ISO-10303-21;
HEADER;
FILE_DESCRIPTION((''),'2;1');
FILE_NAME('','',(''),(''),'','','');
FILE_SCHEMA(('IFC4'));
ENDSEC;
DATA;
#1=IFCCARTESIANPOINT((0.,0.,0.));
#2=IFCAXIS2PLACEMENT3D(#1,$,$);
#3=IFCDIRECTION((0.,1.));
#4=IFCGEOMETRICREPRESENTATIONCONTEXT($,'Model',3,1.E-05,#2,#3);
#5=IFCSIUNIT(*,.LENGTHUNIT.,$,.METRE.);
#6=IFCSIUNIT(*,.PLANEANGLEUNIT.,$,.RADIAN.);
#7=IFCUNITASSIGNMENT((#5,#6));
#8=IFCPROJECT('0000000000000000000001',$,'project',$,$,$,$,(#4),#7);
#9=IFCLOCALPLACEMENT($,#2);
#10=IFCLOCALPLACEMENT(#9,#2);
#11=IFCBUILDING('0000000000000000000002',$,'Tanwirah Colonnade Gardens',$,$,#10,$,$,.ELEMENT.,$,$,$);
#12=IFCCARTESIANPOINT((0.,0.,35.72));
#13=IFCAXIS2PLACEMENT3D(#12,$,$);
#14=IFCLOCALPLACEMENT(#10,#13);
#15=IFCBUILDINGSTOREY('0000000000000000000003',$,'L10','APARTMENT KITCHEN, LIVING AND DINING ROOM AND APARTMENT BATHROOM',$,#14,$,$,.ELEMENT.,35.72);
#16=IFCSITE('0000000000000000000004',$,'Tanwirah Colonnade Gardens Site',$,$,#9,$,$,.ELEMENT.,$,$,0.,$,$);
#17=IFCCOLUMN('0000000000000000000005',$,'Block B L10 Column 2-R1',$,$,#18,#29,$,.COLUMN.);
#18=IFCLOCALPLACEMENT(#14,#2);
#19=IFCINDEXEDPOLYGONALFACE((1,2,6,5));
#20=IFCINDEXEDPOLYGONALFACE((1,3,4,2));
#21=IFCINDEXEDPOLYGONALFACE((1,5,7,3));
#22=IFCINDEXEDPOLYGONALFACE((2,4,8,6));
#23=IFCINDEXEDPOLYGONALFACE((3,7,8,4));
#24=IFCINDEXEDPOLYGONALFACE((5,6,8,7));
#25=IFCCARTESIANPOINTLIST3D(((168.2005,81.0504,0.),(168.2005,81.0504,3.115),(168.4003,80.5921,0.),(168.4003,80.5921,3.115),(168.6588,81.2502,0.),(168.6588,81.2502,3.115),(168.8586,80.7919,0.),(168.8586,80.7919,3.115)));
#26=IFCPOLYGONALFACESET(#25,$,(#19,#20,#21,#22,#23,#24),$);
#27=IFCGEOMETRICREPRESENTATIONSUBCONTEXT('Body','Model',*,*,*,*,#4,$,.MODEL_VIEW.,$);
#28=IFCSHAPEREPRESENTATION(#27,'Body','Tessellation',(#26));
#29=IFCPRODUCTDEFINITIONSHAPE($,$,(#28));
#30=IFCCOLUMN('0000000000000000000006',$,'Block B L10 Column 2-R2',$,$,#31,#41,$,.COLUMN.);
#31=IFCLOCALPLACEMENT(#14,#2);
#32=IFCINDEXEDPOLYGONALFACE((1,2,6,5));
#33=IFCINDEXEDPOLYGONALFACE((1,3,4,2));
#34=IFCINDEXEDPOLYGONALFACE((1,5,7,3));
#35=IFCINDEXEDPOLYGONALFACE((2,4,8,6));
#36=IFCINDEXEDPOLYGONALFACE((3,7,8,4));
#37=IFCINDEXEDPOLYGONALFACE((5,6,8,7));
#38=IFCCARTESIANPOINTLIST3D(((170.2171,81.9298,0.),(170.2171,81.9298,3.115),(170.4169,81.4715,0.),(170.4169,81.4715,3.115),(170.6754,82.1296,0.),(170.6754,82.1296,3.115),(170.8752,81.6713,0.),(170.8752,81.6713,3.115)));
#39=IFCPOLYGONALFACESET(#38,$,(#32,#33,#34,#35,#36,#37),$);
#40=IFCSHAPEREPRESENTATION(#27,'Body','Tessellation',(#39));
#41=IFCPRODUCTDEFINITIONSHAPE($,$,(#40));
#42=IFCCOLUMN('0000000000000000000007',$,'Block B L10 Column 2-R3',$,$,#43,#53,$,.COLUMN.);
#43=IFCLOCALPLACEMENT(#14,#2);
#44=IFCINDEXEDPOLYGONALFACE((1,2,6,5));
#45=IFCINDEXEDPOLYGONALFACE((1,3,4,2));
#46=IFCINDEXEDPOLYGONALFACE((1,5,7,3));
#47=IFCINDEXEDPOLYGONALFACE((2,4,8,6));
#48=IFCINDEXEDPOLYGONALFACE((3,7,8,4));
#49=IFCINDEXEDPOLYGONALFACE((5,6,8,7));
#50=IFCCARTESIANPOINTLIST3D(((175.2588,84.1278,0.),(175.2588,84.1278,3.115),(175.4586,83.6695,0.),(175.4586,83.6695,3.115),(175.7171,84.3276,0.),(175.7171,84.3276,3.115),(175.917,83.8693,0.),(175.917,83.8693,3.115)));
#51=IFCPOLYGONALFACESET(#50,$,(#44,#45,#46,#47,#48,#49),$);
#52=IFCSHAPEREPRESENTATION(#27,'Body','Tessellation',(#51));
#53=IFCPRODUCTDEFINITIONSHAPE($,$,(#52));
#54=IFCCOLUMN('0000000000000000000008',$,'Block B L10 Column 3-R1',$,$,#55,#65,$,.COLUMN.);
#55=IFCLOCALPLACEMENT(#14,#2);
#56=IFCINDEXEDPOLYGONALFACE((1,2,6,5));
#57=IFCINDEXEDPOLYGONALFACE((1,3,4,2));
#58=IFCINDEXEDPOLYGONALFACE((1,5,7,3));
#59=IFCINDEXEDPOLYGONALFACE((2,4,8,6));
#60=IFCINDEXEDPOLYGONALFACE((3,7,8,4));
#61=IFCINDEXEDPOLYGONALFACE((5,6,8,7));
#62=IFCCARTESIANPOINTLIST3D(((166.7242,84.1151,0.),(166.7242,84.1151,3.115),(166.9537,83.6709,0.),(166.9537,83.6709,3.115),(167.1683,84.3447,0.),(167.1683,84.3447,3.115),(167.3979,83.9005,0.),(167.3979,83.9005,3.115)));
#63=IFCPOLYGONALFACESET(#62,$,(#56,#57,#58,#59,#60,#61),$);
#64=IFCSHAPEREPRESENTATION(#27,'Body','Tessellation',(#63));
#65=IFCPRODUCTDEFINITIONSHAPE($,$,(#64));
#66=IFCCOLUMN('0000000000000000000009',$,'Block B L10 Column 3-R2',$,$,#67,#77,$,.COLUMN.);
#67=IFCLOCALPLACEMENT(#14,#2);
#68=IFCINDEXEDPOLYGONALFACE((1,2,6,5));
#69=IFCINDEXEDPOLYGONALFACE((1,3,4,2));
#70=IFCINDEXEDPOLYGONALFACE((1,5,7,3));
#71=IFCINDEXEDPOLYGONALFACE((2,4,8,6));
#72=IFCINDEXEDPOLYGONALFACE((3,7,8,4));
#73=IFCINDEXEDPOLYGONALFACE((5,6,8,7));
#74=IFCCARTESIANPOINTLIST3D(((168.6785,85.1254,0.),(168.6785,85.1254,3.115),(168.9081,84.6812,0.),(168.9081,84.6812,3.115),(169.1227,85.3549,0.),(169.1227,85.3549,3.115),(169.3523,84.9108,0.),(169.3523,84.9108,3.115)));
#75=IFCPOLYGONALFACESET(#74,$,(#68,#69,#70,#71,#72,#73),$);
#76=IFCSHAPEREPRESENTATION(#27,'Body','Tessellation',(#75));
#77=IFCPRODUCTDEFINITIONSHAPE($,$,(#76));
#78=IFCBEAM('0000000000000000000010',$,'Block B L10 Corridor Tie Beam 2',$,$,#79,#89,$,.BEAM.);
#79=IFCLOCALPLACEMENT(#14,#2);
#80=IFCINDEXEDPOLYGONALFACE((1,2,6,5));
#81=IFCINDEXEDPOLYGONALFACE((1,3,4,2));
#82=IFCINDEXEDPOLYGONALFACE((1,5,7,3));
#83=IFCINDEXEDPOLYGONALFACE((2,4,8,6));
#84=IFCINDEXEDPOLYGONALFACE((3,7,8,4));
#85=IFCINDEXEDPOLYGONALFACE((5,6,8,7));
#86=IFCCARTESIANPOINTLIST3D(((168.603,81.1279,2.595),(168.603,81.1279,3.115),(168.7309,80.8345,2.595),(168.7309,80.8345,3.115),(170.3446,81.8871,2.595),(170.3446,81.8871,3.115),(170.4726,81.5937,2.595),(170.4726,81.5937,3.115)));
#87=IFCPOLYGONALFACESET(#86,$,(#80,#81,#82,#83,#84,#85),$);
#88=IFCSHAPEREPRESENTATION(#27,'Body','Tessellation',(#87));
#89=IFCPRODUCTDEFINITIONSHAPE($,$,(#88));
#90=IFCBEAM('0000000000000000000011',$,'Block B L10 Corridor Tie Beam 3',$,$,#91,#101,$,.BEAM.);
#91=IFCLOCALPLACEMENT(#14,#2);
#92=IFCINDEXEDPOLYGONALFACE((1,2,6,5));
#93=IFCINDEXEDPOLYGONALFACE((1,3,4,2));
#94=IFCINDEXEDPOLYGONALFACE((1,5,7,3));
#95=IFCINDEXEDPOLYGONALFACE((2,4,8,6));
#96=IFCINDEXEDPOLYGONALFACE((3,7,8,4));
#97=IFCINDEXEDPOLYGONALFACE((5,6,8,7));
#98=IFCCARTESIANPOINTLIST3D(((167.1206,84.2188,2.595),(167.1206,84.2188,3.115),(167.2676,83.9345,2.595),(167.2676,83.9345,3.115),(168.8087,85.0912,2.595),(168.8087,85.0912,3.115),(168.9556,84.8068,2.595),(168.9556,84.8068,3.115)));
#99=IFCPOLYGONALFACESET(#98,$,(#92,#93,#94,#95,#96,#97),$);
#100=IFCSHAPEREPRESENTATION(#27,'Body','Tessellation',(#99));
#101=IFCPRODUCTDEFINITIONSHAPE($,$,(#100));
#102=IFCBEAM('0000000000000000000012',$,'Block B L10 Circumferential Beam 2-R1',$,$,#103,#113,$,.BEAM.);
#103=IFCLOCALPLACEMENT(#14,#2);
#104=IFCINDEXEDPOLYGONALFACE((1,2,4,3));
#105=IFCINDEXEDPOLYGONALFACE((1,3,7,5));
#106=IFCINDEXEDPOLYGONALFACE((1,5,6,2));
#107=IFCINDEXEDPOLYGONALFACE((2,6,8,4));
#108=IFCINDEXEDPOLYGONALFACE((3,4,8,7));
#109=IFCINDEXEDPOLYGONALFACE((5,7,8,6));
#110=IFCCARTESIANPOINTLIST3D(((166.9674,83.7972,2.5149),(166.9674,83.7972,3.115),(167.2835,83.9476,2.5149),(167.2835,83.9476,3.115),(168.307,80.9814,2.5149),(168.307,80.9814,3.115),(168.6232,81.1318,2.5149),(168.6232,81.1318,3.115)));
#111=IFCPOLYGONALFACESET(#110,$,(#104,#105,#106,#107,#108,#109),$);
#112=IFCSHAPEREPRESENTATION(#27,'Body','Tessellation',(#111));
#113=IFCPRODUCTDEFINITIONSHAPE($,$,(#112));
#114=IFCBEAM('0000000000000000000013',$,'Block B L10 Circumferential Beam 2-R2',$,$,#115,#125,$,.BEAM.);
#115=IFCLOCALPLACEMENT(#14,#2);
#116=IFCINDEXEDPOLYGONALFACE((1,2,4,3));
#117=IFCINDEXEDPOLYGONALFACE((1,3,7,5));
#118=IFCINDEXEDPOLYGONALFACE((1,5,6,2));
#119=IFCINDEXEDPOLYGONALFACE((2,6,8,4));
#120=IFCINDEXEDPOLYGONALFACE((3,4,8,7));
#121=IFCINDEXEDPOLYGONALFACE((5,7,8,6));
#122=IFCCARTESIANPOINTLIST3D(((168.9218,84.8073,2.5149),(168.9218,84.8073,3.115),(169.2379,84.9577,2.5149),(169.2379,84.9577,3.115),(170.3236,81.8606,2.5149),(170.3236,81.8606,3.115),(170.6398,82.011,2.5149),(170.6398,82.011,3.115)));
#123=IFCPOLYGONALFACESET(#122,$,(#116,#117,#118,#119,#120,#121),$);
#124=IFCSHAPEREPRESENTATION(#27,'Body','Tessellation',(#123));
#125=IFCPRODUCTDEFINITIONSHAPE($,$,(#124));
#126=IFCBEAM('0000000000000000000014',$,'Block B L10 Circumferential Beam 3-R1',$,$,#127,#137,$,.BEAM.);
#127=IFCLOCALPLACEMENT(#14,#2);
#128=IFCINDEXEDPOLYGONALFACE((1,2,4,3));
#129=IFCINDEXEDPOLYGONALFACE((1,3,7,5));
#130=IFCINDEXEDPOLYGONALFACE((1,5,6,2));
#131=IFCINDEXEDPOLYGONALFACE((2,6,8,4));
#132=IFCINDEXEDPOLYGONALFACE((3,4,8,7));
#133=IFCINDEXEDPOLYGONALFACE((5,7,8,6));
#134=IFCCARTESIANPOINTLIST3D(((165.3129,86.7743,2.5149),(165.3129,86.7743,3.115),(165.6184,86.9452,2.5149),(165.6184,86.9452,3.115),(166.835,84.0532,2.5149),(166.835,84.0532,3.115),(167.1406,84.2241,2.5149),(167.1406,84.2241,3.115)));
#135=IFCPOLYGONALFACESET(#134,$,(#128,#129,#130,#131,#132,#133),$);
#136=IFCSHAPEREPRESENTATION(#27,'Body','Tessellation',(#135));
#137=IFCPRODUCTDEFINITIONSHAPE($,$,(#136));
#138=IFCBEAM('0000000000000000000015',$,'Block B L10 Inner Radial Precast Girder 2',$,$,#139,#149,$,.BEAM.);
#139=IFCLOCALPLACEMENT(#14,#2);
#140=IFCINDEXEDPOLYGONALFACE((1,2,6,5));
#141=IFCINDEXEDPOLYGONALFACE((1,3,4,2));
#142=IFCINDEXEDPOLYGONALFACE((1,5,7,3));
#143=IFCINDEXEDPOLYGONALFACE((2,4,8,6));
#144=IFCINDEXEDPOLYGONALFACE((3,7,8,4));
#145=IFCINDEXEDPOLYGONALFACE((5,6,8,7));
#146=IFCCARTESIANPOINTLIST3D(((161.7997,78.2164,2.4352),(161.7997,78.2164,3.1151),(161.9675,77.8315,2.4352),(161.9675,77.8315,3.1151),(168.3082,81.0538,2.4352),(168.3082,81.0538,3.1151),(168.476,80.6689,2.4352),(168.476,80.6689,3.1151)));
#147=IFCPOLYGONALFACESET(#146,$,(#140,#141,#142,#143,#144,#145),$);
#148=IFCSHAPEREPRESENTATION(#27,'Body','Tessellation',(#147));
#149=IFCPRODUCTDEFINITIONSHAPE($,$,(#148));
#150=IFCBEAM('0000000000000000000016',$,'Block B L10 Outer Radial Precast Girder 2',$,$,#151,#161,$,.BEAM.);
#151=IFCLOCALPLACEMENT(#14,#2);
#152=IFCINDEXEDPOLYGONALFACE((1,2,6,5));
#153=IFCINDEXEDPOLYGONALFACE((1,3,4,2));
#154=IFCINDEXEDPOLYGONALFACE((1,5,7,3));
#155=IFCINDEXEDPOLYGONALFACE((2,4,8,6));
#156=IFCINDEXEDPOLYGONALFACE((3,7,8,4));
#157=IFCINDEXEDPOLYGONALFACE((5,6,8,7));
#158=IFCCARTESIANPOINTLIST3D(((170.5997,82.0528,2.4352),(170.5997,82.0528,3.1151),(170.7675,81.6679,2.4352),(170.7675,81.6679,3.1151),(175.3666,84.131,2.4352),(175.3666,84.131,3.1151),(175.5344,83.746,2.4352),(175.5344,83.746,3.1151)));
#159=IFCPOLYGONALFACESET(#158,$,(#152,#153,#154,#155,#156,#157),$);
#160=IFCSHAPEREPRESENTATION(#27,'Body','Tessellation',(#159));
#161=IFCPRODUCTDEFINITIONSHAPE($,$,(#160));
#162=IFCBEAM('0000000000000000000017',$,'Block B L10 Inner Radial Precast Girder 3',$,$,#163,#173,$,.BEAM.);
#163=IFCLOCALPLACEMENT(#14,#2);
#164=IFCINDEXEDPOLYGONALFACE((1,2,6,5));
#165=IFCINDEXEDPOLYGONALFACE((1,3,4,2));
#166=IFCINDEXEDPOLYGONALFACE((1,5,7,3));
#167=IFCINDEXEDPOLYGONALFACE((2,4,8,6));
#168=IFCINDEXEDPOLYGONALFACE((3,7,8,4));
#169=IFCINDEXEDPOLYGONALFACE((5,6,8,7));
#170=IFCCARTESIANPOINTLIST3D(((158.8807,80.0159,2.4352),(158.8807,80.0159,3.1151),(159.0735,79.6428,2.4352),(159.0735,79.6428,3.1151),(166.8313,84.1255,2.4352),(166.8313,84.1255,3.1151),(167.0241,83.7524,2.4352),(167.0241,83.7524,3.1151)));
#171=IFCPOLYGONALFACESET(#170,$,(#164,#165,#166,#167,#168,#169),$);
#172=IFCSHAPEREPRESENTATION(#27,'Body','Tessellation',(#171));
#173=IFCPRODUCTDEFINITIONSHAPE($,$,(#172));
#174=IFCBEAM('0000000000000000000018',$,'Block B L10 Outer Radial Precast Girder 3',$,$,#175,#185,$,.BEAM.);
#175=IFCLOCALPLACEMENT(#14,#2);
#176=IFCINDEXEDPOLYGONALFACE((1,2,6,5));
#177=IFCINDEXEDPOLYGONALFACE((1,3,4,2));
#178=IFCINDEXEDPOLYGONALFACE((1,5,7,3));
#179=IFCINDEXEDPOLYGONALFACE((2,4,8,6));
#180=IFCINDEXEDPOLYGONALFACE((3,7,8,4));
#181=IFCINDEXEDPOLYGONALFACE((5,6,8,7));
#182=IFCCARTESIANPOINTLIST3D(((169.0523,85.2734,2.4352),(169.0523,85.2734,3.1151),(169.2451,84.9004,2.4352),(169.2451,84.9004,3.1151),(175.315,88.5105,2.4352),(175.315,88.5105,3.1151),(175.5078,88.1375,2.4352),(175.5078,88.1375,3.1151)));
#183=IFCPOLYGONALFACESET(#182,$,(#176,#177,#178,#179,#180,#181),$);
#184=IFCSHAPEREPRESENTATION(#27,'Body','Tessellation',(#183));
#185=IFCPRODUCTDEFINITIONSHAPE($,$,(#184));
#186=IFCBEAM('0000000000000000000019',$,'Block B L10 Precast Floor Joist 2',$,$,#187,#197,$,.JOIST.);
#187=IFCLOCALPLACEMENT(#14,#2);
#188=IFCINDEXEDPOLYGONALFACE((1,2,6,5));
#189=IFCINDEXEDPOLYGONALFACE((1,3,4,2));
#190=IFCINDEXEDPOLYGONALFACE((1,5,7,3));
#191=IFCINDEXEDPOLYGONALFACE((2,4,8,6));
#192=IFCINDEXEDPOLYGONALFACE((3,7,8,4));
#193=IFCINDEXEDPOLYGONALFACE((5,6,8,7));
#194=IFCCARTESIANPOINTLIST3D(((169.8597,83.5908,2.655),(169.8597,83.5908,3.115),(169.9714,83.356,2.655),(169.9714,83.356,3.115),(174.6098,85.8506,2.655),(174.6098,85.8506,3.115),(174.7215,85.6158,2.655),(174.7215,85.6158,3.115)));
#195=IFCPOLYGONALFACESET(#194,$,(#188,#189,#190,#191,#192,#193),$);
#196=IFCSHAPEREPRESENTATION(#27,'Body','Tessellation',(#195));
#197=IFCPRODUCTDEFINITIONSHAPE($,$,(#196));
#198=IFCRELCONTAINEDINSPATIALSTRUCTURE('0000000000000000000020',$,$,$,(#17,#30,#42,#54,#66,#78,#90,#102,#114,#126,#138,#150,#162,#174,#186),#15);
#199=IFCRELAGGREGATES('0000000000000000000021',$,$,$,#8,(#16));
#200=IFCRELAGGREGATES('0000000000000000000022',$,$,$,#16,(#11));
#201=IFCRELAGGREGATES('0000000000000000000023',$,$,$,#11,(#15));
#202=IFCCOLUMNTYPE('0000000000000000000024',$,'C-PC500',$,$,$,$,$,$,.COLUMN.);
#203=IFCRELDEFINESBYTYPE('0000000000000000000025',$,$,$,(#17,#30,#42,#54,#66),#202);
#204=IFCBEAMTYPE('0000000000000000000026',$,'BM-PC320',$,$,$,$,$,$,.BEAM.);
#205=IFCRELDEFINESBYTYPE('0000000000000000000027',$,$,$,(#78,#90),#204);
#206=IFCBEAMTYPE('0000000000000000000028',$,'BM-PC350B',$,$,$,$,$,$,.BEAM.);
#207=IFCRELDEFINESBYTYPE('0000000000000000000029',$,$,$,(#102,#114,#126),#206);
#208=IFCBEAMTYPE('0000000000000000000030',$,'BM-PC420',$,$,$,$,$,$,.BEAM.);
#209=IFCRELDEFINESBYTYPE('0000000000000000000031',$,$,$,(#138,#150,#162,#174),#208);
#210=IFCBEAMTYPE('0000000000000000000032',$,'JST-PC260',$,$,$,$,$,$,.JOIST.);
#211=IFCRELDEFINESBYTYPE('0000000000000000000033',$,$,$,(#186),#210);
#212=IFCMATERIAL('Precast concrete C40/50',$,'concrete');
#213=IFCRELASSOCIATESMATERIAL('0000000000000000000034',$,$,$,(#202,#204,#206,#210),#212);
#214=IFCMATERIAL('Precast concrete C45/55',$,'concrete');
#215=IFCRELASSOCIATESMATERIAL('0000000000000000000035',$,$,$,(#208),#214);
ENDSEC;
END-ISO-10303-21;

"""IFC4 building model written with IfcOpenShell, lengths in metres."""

from ifc_helpers import new_model, si_unit, direction, frame, origin, origin_2d, place, context, subcontext, project, spatial, rectangle, extrude, material, material_profile, profile_set, type_object, element, save


model = new_model("IFC4")

# Units and contexts
model_context = context("Model", 3, precision=1e-05, world=origin(), true_north=direction((0.0, 1.0)))
body_context = subcontext(model_context, "Body", "Model", "MODEL_VIEW")
ifc_project = project(units=[si_unit("LENGTHUNIT", "METRE"), si_unit("PLANEANGLEUNIT", "RADIAN")], contexts=[model_context])

# Site, building, storey
site_placement = place(None, origin())
site = spatial("IfcSite", under=ifc_project, at=site_placement, Name="Tanwirah Colonnade Gardens Site", CompositionType="ELEMENT", RefElevation=0.0)
building_placement = place(site_placement, origin())
building = spatial("IfcBuilding", under=site, at=building_placement, Name="Tanwirah Colonnade Gardens", CompositionType="ELEMENT")
storey_placement = place(building_placement, frame((0.0, 0.0, 35.72)))
storey = spatial("IfcBuildingStorey", under=building, at=storey_placement, Name="L10", Description="APARTMENT KITCHEN, LIVING AND DINING ROOM AND APARTMENT BATHROOM", CompositionType="ELEMENT", Elevation=35.72)

# Columns
ifc_material_1 = material(Name="Precast concrete C40/50", Category="concrete")
ifc_material_profile_1 = material_profile(ifc_material_1, rectangle(XDim=0.5, YDim=0.5, at=origin_2d()), Name="PC-COL 500x500")
ifc_profile_set_1 = profile_set([ifc_material_profile_1], Name="Precast concrete C40/50")
column_type = type_object("IfcColumnType", Name="C-PC500", PredefinedType="COLUMN", material=ifc_profile_set_1)
for number, where, z_axis, x_axis, name in (
    (1, (168.5295, 80.9211, 0.0), (0.0, 0.0, 1.0), (0.916673, 0.399638, 0.0), "Block B L10 Column 2-R1"),
    (2, (170.5461, 81.8005, 0.0), (0.0, 0.0, 1.0), (0.916673, 0.399638, 0.0), "Block B L10 Column 2-R2"),
    (3, (175.5879, 83.9985, 0.0), (0.0, 0.0, 1.0), (0.916673, 0.399638, 0.0), "Block B L10 Column 2-R3"),
    (4, (167.061, 84.0078, 0.0), (0.0, 0.0, 1.0), (0.88835, 0.459166, 0.0), "Block B L10 Column 3-R1"),
    (5, (169.0154, 85.0181, 0.0), (0.0, 0.0, 1.0), (0.88835, 0.459166, 0.0), "Block B L10 Column 3-R2"),
):
    element("IfcColumn", number, at=place(storey_placement, frame(where, z_axis=z_axis, x_axis=x_axis)), inside=storey, type_object=column_type, Name=name, PredefinedType="COLUMN", context=body_context, shape_type="SweptSolid", body=[
        extrude(rectangle(XDim=0.5, YDim=0.5, at=origin_2d()), origin(), (0.0, 0.0, 1.0), 3.115),
    ])

# Beams
ifc_material_profile_2 = material_profile(ifc_material_1, rectangle(XDim=0.3201, YDim=0.52, at=origin_2d()), Name="PC-BM 320x520")
ifc_profile_set_2 = profile_set([ifc_material_profile_2], Name="Precast concrete C40/50")
beam_type_1 = type_object("IfcBeamType", Name="BM-PC320", PredefinedType="BEAM", material=ifc_profile_set_2)
beam_1_placement = place(storey_placement, frame((168.667, 80.9812, 2.855), z_axis=(0.916681, 0.399619, 0.0), x_axis=(-0.399619, 0.916681, 0.0)))
element("IfcBeam", 6, at=beam_1_placement, inside=storey, type_object=beam_type_1, Name="Block B L10 Corridor Tie Beam 2", PredefinedType="BEAM", context=body_context, shape_type="SweptSolid", body=[
    extrude(rectangle(XDim=0.3201, YDim=0.52, at=origin_2d()), origin(), (0.0, 0.0, 1.0), 1.8999),
])
beam_2_placement = place(storey_placement, frame((167.1941, 84.0767, 2.855), z_axis=(0.888386, 0.459098, 0.0), x_axis=(-0.459098, 0.888386, 0.0)))
element("IfcBeam", 7, at=beam_2_placement, inside=storey, type_object=beam_type_1, Name="Block B L10 Corridor Tie Beam 3", PredefinedType="BEAM", context=body_context, shape_type="SweptSolid", body=[
    extrude(rectangle(XDim=0.3201, YDim=0.52, at=origin_2d()), origin(), (0.0, 0.0, 1.0), 1.9001),
])
ifc_material_profile_3 = material_profile(ifc_material_1, rectangle(XDim=0.3501, YDim=0.6001, at=origin_2d()), Name="PC-BM 350x600")
ifc_profile_set_3 = profile_set([ifc_material_profile_3], Name="Precast concrete C40/50")
beam_type_2 = type_object("IfcBeamType", Name="BM-PC350B", PredefinedType="BEAM", material=ifc_profile_set_3)
beam_3_placement = place(storey_placement, frame((168.4651, 81.0566, 2.8149), z_axis=(-0.429621, 0.90301, 0.0), x_axis=(-0.90301, -0.429621, 0.0)))
element("IfcBeam", 8, at=beam_3_placement, inside=storey, type_object=beam_type_2, Name="Block B L10 Circumferential Beam 2-R1", PredefinedType="BEAM", context=body_context, shape_type="SweptSolid", body=[
    extrude(rectangle(XDim=0.3501, YDim=0.6001, at=origin_2d()), origin(), (0.0, 0.0, 1.0), 3.1182),
])
beam_4_placement = place(storey_placement, frame((170.4817, 81.9358, 2.8149), z_axis=(-0.429591, 0.903024, 0.0), x_axis=(-0.903024, -0.429591, 0.0)))
element("IfcBeam", 9, at=beam_4_placement, inside=storey, type_object=beam_type_2, Name="Block B L10 Circumferential Beam 2-R2", PredefinedType="BEAM", context=body_context, shape_type="SweptSolid", body=[
    extrude(rectangle(XDim=0.3501, YDim=0.6001, at=origin_2d()), origin(), (0.0, 0.0, 1.0), 3.2632),
])
beam_5_placement = place(storey_placement, frame((166.9878, 84.1387, 2.8149), z_axis=(-0.4882, 0.872732, 0.0), x_axis=(-0.872732, -0.4882, 0.0)))
element("IfcBeam", 10, at=beam_5_placement, inside=storey, type_object=beam_type_2, Name="Block B L10 Circumferential Beam 3-R1", PredefinedType="BEAM", context=body_context, shape_type="SweptSolid", body=[
    extrude(rectangle(XDim=0.3501, YDim=0.6001, at=origin_2d()), origin(), (0.0, 0.0, 1.0), 3.1179),
])
ifc_material_2 = material(Name="Precast concrete C45/55", Category="concrete")
ifc_material_profile_4 = material_profile(ifc_material_2, rectangle(XDim=0.4199, YDim=0.6799, at=origin_2d()), Name="PC-BM 420x680")
ifc_profile_set_4 = profile_set([ifc_material_profile_4], Name="Precast concrete C45/55")
beam_type_3 = type_object("IfcBeamType", Name="BM-PC420", PredefinedType="BEAM", material=ifc_profile_set_4)
beam_6_placement = place(storey_placement, frame((168.3921, 80.8613, 2.7751), z_axis=(-0.916678, -0.399626, 0.0), x_axis=(0.399626, -0.916678, 0.0)))
element("IfcBeam", 11, at=beam_6_placement, inside=storey, type_object=beam_type_3, Name="Block B L10 Inner Radial Precast Girder 2", PredefinedType="BEAM", context=body_context, shape_type="SweptSolid", body=[
    extrude(rectangle(XDim=0.4199, YDim=0.6799, at=origin_2d()), origin(), (0.0, 0.0, 1.0), 7.1001),
])
beam_7_placement = place(storey_placement, frame((170.6836, 81.8604, 2.7751), z_axis=(0.916677, 0.399629, 0.0), x_axis=(-0.399629, 0.916677, 0.0)))
element("IfcBeam", 12, at=beam_7_placement, inside=storey, type_object=beam_type_3, Name="Block B L10 Outer Radial Precast Girder 2", PredefinedType="BEAM", context=body_context, shape_type="SweptSolid", body=[
    extrude(rectangle(XDim=0.4199, YDim=0.6799, at=origin_2d()), origin(), (0.0, 0.0, 1.0), 5.2002),
])
beam_8_placement = place(storey_placement, frame((166.9277, 83.939, 2.7751), z_axis=(-0.888345, -0.459176, 0.0), x_axis=(0.459176, -0.888345, 0.0)))
element("IfcBeam", 13, at=beam_8_placement, inside=storey, type_object=beam_type_3, Name="Block B L10 Inner Radial Precast Girder 3", PredefinedType="BEAM", context=body_context, shape_type="SweptSolid", body=[
    extrude(rectangle(XDim=0.4199, YDim=0.6799, at=origin_2d()), origin(), (0.0, 0.0, 1.0), 8.95),
])
beam_9_placement = place(storey_placement, frame((169.1487, 85.0869, 2.7751), z_axis=(0.888349, 0.459169, 0.0), x_axis=(-0.459169, 0.888349, 0.0)))
element("IfcBeam", 14, at=beam_9_placement, inside=storey, type_object=beam_type_3, Name="Block B L10 Outer Radial Precast Girder 3", PredefinedType="BEAM", context=body_context, shape_type="SweptSolid", body=[
    extrude(rectangle(XDim=0.4199, YDim=0.6799, at=origin_2d()), origin(), (0.0, 0.0, 1.0), 7.0498),
])
ifc_material_profile_5 = material_profile(ifc_material_1, rectangle(XDim=0.26, YDim=0.46, at=origin_2d()), Name="PC-JST 260x460")
ifc_profile_set_5 = profile_set([ifc_material_profile_5], Name="Precast concrete C40/50")
beam_type_4 = type_object("IfcBeamType", Name="JST-PC260", PredefinedType="JOIST", material=ifc_profile_set_5)
beam_10_placement = place(storey_placement, frame((169.9155, 83.4734, 2.885), z_axis=(0.903018, 0.429602, 0.0), x_axis=(-0.429602, 0.903018, 0.0)))
element("IfcBeam", 15, at=beam_10_placement, inside=storey, type_object=beam_type_4, Name="Block B L10 Precast Floor Joist 2", PredefinedType="JOIST", context=body_context, shape_type="SweptSolid", body=[
    extrude(rectangle(XDim=0.26, YDim=0.46, at=origin_2d()), origin(), (0.0, 0.0, 1.0), 5.2603),
])

save(model, "model.ifc")
